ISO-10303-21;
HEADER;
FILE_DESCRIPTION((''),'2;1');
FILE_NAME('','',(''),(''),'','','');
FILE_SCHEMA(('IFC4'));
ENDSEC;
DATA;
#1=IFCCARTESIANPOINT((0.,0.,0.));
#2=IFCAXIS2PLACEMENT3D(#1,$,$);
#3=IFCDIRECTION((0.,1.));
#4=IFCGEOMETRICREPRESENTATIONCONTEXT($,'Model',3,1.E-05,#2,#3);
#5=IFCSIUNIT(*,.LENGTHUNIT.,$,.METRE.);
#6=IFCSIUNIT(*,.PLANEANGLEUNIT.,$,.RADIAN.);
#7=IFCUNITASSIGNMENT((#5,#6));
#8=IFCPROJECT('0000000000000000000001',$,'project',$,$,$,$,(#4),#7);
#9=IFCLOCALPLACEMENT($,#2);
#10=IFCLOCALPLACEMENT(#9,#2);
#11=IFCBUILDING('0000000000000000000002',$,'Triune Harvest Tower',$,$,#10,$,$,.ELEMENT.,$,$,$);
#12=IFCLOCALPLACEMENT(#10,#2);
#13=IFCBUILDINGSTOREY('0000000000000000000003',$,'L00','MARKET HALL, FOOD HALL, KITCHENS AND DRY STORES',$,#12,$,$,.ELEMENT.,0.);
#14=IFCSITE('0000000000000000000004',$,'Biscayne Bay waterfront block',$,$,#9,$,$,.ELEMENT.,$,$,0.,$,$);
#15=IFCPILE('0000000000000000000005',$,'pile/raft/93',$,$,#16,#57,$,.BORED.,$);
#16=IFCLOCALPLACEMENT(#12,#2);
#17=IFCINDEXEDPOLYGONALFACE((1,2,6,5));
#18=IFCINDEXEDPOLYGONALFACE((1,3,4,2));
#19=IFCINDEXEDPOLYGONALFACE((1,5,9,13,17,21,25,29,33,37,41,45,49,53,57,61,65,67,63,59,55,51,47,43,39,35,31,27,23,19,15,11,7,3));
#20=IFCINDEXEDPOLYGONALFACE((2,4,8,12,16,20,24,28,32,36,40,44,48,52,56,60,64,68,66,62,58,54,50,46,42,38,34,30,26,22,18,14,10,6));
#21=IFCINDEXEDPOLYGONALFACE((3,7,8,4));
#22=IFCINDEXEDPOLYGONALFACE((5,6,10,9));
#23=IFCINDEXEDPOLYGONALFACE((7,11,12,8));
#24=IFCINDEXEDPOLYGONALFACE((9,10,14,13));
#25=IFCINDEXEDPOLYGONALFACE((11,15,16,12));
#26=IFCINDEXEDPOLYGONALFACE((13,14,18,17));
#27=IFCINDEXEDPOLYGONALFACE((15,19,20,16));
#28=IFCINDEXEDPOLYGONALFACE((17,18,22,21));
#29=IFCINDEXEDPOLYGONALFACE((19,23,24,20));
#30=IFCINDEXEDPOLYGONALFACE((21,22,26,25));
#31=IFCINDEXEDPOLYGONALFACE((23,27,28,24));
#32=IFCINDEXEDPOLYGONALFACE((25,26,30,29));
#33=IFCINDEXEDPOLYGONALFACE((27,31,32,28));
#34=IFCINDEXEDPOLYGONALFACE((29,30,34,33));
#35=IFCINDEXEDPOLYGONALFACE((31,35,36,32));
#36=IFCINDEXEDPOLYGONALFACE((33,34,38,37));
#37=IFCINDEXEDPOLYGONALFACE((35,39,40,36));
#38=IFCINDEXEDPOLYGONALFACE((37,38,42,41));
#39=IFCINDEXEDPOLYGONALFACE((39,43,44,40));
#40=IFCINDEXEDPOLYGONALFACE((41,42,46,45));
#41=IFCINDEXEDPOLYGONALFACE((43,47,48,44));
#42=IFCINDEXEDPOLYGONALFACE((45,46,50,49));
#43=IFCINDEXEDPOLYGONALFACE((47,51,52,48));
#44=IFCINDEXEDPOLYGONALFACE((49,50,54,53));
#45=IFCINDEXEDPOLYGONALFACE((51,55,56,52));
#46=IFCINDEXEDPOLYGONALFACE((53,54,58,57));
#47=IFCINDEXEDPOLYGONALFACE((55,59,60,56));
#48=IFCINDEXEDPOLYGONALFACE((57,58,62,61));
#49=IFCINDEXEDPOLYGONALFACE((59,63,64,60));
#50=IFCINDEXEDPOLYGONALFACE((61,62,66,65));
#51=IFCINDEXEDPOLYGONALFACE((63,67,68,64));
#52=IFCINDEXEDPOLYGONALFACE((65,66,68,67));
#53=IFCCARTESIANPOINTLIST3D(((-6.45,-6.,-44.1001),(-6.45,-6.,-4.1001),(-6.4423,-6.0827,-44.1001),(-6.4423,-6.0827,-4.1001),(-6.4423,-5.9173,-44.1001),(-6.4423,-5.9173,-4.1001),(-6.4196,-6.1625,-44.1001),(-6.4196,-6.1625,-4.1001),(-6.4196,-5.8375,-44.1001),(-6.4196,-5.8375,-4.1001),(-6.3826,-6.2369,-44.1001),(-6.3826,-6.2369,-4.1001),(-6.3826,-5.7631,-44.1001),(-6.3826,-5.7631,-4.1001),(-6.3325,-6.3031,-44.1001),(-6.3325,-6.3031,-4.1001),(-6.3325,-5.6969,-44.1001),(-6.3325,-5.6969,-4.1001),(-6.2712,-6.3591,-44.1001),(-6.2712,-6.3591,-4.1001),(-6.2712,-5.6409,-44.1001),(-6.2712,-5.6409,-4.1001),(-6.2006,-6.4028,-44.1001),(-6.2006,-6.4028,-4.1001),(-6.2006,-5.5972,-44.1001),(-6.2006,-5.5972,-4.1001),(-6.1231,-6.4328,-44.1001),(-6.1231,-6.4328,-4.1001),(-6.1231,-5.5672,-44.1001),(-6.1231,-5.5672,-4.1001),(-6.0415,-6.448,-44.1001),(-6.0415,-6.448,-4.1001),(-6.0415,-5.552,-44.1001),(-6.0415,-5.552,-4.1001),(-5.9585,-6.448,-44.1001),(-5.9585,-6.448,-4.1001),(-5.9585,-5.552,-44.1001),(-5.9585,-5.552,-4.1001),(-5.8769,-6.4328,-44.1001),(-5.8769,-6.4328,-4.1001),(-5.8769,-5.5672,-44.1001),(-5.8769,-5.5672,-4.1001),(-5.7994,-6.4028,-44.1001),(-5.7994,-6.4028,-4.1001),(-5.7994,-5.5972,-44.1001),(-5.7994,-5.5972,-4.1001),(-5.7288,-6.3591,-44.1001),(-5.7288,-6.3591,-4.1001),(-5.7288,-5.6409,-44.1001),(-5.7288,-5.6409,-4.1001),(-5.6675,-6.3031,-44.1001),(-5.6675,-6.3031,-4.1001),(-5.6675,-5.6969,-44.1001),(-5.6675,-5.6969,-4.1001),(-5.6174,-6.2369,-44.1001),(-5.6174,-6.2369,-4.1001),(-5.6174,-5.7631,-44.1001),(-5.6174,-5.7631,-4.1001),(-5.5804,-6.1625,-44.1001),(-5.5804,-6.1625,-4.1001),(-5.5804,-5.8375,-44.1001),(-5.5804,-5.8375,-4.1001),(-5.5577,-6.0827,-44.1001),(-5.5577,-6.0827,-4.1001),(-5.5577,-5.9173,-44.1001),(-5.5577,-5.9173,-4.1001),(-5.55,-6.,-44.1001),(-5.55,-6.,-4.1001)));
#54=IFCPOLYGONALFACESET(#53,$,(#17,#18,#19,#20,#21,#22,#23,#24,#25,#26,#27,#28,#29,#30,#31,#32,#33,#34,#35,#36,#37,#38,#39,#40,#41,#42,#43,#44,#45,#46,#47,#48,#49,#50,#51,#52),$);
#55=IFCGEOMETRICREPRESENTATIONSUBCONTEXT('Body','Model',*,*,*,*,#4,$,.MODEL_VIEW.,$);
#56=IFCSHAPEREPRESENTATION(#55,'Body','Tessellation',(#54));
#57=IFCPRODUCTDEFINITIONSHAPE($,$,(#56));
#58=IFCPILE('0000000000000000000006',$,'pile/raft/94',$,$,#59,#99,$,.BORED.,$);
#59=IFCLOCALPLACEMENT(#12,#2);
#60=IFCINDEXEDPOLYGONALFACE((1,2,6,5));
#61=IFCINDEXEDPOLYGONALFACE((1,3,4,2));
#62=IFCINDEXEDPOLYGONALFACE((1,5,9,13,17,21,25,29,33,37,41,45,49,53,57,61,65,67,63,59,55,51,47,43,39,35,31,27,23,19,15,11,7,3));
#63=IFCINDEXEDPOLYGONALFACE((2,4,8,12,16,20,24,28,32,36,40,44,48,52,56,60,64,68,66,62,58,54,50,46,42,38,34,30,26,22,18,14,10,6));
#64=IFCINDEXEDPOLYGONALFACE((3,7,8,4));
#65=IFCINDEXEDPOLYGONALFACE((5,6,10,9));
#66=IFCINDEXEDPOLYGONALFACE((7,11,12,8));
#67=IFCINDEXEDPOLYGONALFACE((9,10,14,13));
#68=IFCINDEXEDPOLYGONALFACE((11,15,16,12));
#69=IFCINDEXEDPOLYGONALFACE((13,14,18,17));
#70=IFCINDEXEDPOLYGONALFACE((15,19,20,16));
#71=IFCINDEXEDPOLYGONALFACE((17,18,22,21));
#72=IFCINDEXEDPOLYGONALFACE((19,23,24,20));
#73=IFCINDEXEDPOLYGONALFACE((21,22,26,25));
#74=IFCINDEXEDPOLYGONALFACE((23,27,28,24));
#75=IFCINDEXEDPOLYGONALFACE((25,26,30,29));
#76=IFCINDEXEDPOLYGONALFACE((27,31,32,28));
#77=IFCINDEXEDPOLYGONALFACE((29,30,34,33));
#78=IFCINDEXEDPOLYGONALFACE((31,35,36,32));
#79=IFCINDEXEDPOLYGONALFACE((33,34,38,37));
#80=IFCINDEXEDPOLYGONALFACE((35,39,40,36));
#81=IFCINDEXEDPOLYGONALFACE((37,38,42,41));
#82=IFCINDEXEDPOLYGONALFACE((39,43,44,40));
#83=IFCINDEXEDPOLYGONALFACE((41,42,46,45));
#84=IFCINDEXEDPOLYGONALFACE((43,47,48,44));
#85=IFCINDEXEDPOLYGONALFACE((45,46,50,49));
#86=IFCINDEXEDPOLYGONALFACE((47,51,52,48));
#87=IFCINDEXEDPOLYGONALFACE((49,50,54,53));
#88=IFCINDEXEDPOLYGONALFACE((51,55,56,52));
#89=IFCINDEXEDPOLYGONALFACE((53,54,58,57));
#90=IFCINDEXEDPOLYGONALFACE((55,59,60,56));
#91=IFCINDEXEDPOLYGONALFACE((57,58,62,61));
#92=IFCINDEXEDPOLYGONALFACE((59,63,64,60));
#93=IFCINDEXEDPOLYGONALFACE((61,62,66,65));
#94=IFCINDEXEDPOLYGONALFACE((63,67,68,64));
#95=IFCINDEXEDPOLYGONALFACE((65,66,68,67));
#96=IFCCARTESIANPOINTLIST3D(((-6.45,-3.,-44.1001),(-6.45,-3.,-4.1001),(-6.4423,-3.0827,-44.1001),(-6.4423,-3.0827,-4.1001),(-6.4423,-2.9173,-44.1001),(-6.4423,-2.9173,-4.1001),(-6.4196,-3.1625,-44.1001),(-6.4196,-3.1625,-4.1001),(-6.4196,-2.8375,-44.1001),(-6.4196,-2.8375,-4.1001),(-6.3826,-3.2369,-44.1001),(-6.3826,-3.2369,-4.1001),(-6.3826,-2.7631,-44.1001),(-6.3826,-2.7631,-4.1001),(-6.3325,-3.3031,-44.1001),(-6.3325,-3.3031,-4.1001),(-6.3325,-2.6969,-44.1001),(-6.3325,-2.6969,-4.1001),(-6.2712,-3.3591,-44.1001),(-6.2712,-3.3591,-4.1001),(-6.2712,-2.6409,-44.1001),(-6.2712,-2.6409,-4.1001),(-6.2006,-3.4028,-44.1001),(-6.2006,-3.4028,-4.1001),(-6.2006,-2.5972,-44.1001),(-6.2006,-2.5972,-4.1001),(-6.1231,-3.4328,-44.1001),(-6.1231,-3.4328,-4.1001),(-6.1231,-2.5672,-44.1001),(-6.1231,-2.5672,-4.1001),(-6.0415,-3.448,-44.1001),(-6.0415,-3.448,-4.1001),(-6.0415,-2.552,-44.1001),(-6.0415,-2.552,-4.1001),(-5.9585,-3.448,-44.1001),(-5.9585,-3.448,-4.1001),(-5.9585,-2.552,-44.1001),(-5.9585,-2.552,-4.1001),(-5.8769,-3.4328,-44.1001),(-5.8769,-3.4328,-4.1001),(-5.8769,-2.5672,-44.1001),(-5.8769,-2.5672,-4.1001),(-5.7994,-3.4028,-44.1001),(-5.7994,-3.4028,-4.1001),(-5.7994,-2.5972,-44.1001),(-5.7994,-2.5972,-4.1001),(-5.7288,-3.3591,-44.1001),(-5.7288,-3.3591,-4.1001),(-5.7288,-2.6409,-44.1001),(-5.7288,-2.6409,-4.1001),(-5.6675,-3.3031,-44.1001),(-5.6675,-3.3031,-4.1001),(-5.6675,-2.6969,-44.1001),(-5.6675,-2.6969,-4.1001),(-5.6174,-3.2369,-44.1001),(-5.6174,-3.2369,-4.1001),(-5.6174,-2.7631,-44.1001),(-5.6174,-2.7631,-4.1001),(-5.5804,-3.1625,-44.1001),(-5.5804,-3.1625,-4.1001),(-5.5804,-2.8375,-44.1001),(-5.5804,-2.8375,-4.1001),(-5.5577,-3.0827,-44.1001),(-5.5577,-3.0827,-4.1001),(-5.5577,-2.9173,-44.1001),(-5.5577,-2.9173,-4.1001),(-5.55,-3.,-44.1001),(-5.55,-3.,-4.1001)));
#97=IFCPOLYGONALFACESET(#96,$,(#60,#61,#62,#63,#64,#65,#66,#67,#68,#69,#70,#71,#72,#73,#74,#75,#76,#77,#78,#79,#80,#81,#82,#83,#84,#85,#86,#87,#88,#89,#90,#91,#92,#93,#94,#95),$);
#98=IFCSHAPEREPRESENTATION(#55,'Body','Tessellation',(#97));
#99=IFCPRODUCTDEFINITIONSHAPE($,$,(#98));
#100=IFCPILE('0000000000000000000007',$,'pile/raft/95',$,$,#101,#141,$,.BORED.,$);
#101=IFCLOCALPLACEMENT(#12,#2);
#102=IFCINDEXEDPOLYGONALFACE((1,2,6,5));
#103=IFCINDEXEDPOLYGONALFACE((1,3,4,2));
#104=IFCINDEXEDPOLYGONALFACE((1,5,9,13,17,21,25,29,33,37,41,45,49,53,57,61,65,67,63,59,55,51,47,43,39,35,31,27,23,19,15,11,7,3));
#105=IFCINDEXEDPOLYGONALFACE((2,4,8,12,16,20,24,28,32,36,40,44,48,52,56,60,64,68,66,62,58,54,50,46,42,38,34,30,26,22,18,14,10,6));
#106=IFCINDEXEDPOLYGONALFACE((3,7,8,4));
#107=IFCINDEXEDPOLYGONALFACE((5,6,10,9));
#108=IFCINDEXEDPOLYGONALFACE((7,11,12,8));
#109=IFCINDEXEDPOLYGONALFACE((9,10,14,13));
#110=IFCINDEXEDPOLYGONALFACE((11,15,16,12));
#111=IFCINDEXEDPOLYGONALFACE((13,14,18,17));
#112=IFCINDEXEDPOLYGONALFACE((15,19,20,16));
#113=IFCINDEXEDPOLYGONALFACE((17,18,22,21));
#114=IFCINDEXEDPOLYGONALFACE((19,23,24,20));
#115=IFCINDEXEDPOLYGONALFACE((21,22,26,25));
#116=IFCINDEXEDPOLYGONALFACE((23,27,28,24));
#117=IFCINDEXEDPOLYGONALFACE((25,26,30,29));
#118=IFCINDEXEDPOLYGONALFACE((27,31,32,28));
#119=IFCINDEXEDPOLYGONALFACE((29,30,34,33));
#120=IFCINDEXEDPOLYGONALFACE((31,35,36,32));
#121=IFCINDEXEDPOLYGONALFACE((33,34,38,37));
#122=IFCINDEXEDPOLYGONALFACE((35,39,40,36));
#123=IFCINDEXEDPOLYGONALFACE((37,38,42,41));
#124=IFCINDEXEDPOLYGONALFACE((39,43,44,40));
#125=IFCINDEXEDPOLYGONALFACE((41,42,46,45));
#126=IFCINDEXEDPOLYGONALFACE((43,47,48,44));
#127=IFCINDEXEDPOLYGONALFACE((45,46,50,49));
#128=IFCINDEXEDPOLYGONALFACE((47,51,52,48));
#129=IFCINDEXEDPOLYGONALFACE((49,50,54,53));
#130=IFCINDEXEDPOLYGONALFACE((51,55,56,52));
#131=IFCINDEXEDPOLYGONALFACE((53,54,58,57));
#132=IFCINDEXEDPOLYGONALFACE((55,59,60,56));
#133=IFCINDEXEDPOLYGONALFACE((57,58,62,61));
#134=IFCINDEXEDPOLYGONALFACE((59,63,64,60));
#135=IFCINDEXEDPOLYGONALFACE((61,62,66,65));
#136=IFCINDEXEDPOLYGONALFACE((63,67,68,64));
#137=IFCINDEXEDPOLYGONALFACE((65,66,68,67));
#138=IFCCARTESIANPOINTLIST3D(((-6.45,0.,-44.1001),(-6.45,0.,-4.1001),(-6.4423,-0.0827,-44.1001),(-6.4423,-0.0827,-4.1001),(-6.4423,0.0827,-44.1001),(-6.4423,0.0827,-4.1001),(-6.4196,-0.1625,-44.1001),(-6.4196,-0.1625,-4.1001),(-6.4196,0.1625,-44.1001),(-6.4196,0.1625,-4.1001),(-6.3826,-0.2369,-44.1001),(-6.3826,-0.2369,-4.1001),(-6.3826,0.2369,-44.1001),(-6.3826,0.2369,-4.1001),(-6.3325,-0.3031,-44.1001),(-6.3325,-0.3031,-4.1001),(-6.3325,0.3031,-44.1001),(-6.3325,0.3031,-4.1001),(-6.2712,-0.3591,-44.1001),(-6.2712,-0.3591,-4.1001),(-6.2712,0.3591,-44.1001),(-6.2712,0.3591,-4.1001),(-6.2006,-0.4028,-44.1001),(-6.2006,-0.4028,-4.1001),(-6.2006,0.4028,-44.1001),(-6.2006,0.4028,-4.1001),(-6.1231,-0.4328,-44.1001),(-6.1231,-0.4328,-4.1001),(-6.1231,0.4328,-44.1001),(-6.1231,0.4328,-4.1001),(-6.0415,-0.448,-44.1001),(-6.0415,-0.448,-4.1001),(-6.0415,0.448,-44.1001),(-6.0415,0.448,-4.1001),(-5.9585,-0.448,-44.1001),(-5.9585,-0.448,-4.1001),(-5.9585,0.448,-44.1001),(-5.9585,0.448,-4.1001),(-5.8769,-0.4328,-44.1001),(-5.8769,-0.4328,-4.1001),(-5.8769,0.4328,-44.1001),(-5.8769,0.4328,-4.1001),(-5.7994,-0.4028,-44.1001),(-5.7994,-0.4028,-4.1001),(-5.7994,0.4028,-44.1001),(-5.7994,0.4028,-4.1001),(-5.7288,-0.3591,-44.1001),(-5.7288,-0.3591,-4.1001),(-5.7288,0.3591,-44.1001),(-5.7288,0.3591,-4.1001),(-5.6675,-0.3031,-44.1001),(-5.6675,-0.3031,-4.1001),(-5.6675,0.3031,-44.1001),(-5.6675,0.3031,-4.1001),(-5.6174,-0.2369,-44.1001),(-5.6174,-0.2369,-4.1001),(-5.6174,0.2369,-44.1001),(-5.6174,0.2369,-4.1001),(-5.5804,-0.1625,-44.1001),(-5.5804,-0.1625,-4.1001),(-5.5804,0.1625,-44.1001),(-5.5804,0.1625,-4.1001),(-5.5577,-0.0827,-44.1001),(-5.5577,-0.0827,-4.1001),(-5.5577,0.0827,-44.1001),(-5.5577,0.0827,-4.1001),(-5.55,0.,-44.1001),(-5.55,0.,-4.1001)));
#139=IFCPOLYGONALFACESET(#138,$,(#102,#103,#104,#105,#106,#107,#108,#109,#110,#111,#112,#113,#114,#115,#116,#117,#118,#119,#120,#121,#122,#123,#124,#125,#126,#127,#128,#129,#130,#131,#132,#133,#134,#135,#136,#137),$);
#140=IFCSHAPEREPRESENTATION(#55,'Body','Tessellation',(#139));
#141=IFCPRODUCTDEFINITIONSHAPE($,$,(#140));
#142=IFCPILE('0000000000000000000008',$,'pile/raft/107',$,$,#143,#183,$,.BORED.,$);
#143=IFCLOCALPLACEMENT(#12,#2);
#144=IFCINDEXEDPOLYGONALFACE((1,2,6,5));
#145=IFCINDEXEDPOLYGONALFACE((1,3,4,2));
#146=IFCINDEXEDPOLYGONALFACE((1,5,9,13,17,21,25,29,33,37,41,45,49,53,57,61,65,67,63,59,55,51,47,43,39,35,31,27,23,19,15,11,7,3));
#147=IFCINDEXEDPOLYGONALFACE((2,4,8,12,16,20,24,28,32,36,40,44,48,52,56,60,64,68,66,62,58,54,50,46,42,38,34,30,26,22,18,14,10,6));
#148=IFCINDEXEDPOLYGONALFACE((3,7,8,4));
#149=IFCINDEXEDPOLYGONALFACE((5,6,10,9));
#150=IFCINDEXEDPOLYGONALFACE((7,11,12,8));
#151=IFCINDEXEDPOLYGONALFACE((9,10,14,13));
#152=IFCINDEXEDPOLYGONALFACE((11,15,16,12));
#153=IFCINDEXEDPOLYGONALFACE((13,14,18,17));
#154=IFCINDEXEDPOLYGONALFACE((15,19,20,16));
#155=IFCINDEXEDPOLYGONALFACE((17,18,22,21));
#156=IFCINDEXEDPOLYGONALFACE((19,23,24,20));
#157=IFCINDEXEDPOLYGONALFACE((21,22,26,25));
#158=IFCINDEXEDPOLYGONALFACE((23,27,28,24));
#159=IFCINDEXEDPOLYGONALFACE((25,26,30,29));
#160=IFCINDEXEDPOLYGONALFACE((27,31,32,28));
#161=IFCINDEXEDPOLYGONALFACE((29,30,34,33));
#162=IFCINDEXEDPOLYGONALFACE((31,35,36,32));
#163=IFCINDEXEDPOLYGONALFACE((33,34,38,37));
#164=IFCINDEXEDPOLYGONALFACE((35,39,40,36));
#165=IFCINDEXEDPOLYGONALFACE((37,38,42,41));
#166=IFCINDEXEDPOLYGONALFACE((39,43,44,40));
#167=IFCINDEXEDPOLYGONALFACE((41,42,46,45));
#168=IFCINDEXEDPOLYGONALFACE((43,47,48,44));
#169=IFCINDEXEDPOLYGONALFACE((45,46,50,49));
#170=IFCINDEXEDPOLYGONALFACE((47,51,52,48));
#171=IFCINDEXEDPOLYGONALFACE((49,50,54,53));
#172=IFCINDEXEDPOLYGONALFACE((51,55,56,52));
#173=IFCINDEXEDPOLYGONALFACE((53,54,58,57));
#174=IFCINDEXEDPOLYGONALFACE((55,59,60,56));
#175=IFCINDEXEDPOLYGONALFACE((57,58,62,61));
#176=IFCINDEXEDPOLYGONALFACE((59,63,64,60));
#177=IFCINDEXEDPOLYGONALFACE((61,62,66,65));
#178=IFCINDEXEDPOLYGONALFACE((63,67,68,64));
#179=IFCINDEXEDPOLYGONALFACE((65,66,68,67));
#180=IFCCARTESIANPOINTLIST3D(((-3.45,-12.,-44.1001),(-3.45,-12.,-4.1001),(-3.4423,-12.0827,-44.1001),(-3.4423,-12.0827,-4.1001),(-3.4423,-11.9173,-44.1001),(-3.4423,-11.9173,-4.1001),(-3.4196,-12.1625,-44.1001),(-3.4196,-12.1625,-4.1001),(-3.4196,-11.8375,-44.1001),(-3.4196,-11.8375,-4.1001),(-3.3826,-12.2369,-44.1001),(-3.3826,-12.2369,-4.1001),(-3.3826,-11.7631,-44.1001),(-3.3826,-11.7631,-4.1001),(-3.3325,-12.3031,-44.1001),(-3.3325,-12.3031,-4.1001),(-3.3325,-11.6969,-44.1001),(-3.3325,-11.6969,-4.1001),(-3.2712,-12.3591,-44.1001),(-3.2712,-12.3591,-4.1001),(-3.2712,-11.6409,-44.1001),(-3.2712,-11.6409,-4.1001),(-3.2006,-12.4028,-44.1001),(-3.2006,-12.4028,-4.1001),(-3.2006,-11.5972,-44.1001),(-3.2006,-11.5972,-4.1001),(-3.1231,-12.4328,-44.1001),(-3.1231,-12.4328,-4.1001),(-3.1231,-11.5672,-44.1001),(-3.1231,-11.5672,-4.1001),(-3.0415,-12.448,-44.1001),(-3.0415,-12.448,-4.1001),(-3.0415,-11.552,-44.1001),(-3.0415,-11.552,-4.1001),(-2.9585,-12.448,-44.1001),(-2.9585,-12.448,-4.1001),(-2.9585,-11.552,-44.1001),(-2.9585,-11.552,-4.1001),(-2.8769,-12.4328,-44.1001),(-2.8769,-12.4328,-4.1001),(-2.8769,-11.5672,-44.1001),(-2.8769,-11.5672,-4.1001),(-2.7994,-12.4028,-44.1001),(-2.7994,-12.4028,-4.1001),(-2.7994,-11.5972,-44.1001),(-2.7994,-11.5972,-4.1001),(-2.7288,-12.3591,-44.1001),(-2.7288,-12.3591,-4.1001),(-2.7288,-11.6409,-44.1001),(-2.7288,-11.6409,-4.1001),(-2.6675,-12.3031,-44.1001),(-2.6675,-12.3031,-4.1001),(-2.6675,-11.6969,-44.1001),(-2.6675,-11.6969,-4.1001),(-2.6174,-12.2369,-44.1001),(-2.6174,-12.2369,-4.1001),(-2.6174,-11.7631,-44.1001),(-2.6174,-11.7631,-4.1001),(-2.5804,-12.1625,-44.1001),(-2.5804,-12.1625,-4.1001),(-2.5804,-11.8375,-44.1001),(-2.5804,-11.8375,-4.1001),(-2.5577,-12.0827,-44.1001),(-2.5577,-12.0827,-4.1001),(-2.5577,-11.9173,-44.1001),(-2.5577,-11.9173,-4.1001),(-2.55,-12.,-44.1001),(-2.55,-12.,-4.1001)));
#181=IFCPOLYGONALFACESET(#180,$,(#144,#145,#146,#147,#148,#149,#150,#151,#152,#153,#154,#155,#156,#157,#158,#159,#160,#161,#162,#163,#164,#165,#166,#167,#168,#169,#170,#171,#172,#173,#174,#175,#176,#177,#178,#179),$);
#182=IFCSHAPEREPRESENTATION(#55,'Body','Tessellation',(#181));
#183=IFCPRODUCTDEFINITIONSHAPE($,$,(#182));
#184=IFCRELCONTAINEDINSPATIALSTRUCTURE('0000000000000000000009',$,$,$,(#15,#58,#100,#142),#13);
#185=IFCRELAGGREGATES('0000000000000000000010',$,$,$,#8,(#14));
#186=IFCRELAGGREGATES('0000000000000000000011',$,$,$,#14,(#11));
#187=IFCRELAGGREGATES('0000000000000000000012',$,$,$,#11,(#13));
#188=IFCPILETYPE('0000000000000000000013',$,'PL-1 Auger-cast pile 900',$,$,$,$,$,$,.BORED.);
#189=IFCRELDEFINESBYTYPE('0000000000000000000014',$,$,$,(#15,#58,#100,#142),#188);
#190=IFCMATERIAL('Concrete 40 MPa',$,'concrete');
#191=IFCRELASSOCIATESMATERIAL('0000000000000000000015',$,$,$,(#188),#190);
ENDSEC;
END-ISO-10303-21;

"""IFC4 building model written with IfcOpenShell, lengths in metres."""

from ifc_helpers import new_model, si_unit, direction, frame, origin, origin_2d, place, context, subcontext, project, spatial, circle, extrude, source, transform, mapped, material, material_profile, profile_set, type_object, element, save


model = new_model("IFC4")

# Units and contexts
model_context = context("Model", 3, precision=1e-05, world=origin(), true_north=direction((0.0, 1.0)))
body_context = subcontext(model_context, "Body", "Model", "MODEL_VIEW")
ifc_project = project(units=[si_unit("LENGTHUNIT", "METRE"), si_unit("PLANEANGLEUNIT", "RADIAN")], contexts=[model_context])

# Site, building, storey
site_placement = place(None, origin())
site = spatial("IfcSite", under=ifc_project, at=site_placement, Name="Biscayne Bay waterfront block", CompositionType="ELEMENT", RefElevation=0.0)
building_placement = place(site_placement, origin())
building = spatial("IfcBuilding", under=site, at=building_placement, Name="Triune Harvest Tower", CompositionType="ELEMENT")
storey_placement = place(building_placement, origin())
storey = spatial("IfcBuildingStorey", under=building, at=storey_placement, Name="L00", Description="MARKET HALL, FOOD HALL, KITCHENS AND DRY STORES", CompositionType="ELEMENT", Elevation=0.0)

# Piles
ifc_material_1 = material(Name="Concrete 40 MPa", Category="concrete")
ifc_material_profile = material_profile(ifc_material_1, circle(Radius=0.45, at=origin_2d()), Name="Bored 900")
ifc_profile_set = profile_set([ifc_material_profile], Name="Concrete 40 MPa")
pile_type = type_object("IfcPileType", Name="PL-1 Auger-cast pile 900", PredefinedType="BORED", material=ifc_profile_set)
shared_shape_1 = source(origin(), body_context, "Body", "SweptSolid", [
    extrude(circle(Radius=0.45, at=origin_2d()), origin(), (0.0, 0.0, 1.0), 40.0),
])
for number, where, z_axis, x_axis, name in (
    (1, (-6.0, -6.0, -4.1001), (0.0, 0.0, -1.0), (1.0, 0.0, 0.0), "pile/raft/93"),
    (2, (-6.0, -3.0, -4.1001), (0.0, 0.0, -1.0), (1.0, 0.0, 0.0), "pile/raft/94"),
    (3, (-6.0, 0.0, -4.1001), (0.0, 0.0, -1.0), (1.0, 0.0, 0.0), "pile/raft/95"),
    (4, (-3.0, -12.0, -4.1001), (0.0, 0.0, -1.0), (1.0, 0.0, 0.0), "pile/raft/107"),
):
    element("IfcPile", number, at=place(storey_placement, frame(where, z_axis=z_axis, x_axis=x_axis)), inside=storey, type_object=pile_type, Name=name, PredefinedType="BORED", context=body_context, shape_type="MappedRepresentation", body=[
        mapped(shared_shape_1, transform((0.0, 0.0, 0.0), scale=1.0)),
    ])

save(model, "model.ifc")
